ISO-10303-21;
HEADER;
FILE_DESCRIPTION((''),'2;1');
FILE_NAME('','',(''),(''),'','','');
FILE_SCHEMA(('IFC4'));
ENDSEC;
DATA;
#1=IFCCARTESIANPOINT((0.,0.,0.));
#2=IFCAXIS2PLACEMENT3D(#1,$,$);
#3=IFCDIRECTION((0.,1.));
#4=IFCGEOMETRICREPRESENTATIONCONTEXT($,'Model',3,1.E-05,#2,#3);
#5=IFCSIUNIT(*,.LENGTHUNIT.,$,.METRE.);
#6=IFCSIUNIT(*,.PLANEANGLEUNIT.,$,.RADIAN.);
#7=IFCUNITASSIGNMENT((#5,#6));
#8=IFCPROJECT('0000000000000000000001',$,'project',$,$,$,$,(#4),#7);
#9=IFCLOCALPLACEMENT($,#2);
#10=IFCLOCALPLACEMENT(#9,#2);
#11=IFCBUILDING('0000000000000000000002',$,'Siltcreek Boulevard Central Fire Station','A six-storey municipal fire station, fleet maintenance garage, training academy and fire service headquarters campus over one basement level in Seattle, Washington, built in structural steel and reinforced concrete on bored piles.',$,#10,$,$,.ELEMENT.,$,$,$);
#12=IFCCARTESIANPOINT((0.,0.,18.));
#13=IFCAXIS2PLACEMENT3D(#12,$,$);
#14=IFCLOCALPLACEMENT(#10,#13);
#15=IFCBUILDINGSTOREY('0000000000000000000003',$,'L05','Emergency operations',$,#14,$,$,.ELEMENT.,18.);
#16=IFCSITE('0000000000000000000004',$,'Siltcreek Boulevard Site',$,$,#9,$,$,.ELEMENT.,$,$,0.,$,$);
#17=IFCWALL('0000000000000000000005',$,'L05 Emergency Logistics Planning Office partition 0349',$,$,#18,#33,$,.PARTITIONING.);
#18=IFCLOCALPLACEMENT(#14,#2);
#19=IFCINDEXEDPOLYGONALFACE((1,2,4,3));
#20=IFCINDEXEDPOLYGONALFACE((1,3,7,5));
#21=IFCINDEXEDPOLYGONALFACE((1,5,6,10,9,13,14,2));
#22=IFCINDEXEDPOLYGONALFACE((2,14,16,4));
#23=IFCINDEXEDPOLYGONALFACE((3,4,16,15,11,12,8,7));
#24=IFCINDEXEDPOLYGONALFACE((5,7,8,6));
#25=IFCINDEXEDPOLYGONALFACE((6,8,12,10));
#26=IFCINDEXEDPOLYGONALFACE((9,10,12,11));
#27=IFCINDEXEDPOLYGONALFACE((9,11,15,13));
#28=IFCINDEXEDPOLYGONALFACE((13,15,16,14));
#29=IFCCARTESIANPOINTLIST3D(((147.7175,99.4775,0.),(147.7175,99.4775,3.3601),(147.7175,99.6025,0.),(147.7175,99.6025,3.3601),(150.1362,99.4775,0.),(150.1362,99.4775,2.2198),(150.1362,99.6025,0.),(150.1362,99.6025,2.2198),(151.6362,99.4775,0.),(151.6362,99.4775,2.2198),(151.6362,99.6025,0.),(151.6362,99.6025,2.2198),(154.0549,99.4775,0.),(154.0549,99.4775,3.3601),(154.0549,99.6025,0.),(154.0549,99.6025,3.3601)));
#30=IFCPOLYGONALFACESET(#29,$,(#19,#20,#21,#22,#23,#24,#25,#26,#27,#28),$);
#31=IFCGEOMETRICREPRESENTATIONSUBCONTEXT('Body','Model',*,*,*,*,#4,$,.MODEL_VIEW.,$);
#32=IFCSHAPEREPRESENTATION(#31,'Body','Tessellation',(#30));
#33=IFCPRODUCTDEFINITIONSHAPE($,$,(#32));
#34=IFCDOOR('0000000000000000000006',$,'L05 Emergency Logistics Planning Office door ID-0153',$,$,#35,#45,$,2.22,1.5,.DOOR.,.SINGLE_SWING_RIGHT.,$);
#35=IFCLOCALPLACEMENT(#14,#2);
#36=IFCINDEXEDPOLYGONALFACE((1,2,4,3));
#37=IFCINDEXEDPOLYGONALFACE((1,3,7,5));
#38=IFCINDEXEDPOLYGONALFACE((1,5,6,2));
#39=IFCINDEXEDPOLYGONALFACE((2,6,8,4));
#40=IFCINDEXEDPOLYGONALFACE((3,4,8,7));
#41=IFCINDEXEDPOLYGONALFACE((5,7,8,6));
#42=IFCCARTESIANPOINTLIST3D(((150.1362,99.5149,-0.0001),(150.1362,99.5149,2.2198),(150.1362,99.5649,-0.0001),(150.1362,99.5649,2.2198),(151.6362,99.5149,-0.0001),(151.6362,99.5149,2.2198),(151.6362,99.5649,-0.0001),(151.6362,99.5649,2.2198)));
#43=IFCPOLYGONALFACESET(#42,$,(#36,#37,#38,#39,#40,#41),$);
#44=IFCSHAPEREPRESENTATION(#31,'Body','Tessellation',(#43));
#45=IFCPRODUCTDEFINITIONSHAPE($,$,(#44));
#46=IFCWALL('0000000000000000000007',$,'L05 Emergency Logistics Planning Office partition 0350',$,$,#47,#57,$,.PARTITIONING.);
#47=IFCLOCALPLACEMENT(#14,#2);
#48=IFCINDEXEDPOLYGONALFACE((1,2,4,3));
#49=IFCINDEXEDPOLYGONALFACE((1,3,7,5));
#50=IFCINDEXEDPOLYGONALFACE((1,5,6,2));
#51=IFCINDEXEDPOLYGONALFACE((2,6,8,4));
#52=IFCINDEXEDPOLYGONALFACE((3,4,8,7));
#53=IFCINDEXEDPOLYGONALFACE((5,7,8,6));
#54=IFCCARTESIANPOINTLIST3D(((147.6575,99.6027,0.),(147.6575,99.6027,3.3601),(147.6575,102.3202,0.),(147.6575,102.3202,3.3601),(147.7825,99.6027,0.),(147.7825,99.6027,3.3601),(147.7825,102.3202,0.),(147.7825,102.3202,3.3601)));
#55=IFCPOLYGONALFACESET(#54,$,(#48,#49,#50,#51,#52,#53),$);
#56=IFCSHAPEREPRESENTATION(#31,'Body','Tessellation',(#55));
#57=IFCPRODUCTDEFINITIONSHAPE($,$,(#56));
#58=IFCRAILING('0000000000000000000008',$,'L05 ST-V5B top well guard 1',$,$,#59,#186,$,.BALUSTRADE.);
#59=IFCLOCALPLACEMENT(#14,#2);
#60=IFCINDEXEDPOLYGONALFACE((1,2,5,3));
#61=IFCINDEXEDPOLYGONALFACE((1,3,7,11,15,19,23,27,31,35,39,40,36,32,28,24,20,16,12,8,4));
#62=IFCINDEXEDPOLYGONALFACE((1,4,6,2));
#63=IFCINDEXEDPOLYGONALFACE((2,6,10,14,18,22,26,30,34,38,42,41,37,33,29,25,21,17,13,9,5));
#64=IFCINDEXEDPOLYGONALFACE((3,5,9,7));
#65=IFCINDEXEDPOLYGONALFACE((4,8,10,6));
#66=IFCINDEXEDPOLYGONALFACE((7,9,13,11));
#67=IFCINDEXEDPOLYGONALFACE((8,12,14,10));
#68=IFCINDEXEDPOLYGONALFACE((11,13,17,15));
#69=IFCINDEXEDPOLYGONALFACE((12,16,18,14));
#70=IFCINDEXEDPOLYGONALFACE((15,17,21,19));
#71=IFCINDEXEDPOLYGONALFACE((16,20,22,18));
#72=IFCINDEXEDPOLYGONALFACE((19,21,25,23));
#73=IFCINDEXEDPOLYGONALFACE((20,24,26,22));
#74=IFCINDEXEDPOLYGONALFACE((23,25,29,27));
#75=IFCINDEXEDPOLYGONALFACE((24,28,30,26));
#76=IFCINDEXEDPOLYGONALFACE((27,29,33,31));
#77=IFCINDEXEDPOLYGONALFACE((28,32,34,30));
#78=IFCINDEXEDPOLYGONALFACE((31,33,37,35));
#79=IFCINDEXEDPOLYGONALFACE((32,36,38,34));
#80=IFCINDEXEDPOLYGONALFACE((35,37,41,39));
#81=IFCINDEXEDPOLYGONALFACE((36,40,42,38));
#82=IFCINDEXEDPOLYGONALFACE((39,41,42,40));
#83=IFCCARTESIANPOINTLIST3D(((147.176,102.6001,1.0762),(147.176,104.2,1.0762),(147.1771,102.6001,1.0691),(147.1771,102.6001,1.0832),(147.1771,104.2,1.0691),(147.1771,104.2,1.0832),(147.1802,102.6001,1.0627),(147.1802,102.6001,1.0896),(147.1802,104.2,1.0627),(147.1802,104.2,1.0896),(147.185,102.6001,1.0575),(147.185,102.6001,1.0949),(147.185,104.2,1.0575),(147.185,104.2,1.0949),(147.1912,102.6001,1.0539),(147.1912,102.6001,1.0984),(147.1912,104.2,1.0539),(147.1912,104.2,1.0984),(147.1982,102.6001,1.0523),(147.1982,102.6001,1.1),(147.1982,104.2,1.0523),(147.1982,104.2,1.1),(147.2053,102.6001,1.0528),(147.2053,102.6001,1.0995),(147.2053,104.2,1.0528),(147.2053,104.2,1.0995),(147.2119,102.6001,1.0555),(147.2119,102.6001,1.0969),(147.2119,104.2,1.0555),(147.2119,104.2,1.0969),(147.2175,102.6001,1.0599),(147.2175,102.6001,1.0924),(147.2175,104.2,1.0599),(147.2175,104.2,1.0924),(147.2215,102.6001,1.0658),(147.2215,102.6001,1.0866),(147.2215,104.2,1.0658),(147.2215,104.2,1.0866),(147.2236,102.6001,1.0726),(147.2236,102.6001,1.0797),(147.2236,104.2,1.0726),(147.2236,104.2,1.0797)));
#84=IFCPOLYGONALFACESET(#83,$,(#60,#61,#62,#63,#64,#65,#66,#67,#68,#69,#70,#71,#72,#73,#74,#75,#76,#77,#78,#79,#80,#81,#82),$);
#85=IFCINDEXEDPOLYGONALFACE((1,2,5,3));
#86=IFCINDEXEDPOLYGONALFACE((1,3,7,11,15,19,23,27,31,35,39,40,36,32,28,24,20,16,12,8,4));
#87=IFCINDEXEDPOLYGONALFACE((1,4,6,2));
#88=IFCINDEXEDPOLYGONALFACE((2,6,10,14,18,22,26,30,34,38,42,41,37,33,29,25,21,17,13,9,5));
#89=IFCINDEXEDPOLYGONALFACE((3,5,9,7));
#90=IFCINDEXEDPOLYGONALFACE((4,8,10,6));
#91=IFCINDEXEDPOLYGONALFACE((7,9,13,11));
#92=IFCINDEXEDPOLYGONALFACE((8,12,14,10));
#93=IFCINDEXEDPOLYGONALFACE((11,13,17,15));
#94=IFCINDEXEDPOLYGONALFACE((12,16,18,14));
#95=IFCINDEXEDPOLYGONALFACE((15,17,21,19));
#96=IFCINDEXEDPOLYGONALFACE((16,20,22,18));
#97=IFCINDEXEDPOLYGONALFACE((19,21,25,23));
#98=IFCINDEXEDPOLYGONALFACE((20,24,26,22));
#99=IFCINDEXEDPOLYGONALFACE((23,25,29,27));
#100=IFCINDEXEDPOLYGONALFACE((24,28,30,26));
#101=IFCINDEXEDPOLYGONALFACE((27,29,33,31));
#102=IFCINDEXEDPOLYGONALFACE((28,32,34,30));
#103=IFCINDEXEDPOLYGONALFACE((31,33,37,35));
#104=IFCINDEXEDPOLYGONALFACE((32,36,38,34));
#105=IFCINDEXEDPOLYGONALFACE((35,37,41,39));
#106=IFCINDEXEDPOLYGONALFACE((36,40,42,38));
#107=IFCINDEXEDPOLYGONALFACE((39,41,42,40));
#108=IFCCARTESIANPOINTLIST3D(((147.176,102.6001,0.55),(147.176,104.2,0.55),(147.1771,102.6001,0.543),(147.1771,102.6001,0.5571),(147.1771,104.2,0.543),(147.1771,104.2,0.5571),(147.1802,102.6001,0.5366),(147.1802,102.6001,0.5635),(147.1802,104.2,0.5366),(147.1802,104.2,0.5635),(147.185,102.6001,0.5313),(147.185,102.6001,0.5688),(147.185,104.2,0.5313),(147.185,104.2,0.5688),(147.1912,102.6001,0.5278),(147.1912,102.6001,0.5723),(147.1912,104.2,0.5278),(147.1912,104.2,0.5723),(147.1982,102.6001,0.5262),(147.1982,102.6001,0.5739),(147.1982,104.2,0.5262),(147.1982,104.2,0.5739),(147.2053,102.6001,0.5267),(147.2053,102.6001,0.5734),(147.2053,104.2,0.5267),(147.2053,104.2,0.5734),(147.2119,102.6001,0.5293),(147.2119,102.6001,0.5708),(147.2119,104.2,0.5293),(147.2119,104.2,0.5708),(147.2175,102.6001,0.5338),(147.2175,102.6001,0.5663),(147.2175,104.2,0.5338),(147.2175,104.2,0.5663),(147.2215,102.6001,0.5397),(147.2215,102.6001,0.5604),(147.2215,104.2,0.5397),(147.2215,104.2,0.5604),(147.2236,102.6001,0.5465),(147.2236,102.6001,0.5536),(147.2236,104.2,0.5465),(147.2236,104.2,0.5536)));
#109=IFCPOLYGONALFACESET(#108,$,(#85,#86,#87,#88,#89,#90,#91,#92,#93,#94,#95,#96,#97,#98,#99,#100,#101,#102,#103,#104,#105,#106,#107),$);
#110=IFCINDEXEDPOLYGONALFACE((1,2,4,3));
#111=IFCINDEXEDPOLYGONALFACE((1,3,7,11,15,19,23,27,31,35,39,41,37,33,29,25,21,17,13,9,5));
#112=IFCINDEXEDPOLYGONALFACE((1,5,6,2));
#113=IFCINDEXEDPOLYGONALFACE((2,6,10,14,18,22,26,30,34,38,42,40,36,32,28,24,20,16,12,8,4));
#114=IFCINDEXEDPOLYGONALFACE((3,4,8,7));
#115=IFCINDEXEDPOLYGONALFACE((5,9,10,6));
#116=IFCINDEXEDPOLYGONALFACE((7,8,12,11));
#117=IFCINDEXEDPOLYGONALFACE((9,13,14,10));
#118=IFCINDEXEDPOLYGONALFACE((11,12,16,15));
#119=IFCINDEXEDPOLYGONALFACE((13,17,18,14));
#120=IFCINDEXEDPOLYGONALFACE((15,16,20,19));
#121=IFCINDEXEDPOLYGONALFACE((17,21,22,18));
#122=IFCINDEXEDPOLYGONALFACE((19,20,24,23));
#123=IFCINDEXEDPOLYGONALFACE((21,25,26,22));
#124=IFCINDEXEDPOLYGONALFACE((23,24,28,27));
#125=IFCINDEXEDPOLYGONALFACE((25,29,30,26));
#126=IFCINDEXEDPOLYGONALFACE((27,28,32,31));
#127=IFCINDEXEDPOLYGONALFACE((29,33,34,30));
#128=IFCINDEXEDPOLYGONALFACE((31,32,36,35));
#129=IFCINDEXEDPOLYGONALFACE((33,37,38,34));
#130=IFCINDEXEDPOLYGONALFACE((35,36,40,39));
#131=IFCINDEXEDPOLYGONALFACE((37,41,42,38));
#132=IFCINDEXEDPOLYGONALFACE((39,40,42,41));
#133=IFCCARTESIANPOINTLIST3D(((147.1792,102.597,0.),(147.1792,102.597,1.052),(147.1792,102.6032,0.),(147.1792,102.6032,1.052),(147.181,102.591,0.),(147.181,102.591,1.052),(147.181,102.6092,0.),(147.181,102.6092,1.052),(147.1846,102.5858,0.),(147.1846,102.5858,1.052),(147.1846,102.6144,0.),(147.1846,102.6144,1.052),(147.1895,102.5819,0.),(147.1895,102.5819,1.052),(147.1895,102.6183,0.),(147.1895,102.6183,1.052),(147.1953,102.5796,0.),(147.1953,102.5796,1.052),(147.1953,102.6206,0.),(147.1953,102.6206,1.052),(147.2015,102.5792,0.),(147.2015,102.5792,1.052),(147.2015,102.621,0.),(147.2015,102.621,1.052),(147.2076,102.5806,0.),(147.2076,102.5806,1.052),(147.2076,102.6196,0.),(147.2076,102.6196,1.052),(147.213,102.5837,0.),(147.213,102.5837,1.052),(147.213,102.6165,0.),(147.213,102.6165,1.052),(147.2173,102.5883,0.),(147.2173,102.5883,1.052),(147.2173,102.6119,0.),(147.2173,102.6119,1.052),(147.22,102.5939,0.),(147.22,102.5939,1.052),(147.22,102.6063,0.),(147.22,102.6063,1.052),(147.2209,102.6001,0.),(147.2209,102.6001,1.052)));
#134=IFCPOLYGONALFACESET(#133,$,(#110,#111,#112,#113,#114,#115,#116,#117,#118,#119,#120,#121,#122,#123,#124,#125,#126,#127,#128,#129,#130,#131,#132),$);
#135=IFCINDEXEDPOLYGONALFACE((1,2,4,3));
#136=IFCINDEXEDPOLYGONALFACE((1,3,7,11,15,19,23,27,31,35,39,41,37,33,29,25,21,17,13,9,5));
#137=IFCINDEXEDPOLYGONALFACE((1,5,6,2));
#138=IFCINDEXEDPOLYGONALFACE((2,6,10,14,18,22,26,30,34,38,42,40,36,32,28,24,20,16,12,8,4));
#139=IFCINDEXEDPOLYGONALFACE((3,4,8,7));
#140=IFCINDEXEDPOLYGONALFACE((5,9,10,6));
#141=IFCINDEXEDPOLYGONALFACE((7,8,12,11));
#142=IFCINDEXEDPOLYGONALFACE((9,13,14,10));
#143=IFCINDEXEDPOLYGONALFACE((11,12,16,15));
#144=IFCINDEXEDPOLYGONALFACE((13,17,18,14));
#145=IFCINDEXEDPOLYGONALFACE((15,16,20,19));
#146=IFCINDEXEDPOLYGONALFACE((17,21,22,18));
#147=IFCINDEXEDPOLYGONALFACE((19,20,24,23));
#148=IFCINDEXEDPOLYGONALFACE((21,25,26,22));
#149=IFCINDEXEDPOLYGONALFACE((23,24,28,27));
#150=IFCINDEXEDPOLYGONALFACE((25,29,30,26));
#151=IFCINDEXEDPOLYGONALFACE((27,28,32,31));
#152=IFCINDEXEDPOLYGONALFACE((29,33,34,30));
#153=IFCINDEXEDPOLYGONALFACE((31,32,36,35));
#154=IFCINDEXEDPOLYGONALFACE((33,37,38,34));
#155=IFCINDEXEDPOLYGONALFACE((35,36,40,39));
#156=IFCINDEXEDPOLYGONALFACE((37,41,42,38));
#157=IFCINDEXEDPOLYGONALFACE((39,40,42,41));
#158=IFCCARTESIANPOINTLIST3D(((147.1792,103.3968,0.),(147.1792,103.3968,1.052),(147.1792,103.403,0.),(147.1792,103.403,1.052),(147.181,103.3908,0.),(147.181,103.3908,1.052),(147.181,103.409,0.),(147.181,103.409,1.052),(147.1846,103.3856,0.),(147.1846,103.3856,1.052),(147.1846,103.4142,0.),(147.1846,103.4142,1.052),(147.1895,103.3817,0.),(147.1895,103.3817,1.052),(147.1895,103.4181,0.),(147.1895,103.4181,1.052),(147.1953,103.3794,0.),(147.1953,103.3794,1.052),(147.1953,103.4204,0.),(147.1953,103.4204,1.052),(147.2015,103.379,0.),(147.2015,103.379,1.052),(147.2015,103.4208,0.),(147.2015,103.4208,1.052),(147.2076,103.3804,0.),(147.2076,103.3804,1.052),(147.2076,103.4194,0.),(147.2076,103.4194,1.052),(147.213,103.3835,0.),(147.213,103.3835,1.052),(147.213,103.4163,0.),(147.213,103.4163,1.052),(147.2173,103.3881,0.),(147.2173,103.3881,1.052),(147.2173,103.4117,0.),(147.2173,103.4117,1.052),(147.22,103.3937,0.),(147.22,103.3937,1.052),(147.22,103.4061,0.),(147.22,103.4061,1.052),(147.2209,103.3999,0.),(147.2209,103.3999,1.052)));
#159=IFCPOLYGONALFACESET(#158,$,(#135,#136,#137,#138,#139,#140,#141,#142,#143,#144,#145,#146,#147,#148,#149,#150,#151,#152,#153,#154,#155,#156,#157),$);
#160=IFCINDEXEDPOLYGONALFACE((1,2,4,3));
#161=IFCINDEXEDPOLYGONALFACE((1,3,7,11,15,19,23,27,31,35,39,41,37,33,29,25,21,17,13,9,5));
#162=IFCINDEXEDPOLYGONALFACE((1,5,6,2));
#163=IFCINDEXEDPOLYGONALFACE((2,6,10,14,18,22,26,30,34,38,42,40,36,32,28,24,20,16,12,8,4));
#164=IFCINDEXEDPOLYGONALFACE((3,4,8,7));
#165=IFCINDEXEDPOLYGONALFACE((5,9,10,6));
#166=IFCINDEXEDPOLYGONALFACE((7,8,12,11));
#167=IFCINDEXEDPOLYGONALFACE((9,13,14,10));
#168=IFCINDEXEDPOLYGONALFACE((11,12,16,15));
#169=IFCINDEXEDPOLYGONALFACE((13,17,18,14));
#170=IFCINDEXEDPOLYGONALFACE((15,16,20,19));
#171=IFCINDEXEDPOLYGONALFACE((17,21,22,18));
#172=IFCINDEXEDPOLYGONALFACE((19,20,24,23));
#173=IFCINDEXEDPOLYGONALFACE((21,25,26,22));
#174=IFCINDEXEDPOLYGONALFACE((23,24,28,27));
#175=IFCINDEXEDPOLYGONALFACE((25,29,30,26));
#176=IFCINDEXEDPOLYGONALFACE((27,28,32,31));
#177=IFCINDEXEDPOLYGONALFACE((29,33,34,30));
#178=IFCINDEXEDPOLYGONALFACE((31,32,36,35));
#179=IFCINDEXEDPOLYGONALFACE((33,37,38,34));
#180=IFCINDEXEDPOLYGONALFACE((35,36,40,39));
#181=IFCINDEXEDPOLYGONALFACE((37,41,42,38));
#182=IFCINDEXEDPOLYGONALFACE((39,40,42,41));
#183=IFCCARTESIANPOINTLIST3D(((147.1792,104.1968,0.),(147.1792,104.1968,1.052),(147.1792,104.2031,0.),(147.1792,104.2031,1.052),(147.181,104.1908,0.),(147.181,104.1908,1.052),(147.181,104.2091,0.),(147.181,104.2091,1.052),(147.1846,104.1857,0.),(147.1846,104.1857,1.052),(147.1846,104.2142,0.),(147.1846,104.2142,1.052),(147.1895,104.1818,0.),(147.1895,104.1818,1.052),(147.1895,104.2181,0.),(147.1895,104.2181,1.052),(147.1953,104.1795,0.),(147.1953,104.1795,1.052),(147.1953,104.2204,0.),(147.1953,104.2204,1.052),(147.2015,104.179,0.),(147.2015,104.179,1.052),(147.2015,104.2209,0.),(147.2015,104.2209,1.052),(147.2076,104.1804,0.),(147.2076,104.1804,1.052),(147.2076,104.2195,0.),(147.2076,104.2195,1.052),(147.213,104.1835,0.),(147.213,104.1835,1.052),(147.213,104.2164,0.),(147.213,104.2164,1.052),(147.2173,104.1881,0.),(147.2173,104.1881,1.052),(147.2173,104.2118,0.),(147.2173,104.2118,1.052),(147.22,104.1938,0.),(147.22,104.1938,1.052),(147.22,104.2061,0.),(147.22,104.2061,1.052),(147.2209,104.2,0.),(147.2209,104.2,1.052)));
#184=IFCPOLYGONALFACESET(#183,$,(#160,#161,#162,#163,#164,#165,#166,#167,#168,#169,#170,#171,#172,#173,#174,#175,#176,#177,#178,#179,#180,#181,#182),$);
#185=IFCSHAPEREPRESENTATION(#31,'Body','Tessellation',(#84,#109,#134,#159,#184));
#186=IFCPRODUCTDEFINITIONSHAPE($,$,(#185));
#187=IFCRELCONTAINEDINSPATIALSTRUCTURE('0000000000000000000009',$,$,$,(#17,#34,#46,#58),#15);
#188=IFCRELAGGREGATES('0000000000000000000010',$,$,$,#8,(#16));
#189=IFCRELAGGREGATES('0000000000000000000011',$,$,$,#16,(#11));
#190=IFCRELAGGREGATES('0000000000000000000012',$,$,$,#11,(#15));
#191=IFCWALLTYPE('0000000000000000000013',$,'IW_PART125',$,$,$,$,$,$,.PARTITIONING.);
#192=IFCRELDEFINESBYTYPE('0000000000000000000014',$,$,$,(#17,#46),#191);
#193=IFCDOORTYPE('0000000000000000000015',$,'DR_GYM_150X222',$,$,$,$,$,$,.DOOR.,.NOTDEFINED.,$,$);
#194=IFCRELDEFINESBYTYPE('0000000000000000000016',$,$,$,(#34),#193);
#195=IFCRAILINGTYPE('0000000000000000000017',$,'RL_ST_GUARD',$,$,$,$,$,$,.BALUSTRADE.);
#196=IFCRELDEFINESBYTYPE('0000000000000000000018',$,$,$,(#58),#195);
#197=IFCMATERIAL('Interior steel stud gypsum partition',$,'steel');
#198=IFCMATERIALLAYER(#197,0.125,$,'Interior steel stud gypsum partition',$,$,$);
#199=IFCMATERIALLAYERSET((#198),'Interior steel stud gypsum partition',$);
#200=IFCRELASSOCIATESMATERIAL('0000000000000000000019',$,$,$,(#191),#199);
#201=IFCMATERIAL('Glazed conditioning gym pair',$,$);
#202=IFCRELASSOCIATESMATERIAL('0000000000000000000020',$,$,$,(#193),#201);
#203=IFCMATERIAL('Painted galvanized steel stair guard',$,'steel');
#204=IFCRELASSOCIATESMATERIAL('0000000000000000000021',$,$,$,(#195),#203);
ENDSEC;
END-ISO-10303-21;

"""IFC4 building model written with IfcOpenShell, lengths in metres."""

from ifc_helpers import new_model, si_unit, direction, frame, frame_2d, origin, origin_2d, place, context, subcontext, project, spatial, rectangle, circle, extrude, material, layer, layer_set, type_object, element, fill, save


model = new_model("IFC4")

# Units and contexts
model_context = context("Model", 3, precision=1e-05, world=origin(), true_north=direction((0.0, 1.0)))
body_context = subcontext(model_context, "Body", "Model", "MODEL_VIEW")
ifc_project = project(units=[si_unit("LENGTHUNIT", "METRE"), si_unit("PLANEANGLEUNIT", "RADIAN")], contexts=[model_context])

# Site, building, storey
site_placement = place(None, origin())
site = spatial("IfcSite", under=ifc_project, at=site_placement, Name="Siltcreek Boulevard Site", CompositionType="ELEMENT", RefElevation=0.0)
building_placement = place(site_placement, origin())
building = spatial("IfcBuilding", under=site, at=building_placement, Name="Siltcreek Boulevard Central Fire Station", Description="A six-storey municipal fire station, fleet maintenance garage, training academy and fire service headquarters campus over one basement level in Seattle, Washington, built in structural steel and reinforced concrete on bored piles.", CompositionType="ELEMENT")
storey_placement = place(building_placement, frame((0.0, 0.0, 18.0)))
storey = spatial("IfcBuildingStorey", under=building, at=storey_placement, Name="L05", Description="Emergency operations", CompositionType="ELEMENT", Elevation=18.0)

# Wall, opening, door
ifc_material_1 = material(Name="Interior steel stud gypsum partition", Category="steel")
ifc_layer_1 = layer(ifc_material_1, 0.125, Name="Interior steel stud gypsum partition")
ifc_layer_set_1 = layer_set([ifc_layer_1], Name="Interior steel stud gypsum partition")
wall_type_1 = type_object("IfcWallType", Name="IW_PART125", PredefinedType="PARTITIONING", material=ifc_layer_set_1)
wall_1_placement = place(storey_placement, frame((154.0549, 99.54, 0.0), z_axis=(0.0, 0.0, 1.0), x_axis=(-1.0, 0.0, 0.0)))
wall_1 = element("IfcWall", 1, at=wall_1_placement, inside=storey, type_object=wall_type_1, Name="L05 Emergency Logistics Planning Office partition 0349", PredefinedType="PARTITIONING", context=body_context, shape_type="SweptSolid", body=[
    extrude(rectangle(XDim=6.3374, YDim=0.125, at=frame_2d((3.1687, 0.0))), origin(), (0.0, 0.0, 1.0), 3.3601),
])
opening_1_placement = place(wall_1_placement, frame((2.4187, 0.0, 0.0)))
opening_1 = element("IfcOpeningElement", 2, at=opening_1_placement, cuts=wall_1, PredefinedType="OPENING", context=body_context, shape_type="SweptSolid", body=[
    extrude(rectangle(XDim=1.5, YDim=2.22, at=frame_2d((0.75, 1.1099))), frame((0.0, 0.0725, 0.0), z_axis=(0.0, -1.0, 0.0), x_axis=(1.0, 0.0, 0.0)), (0.0, 0.0, 1.0), 0.145),
])
ifc_material_2 = material(Name="Glazed conditioning gym pair")
door_type_1 = type_object("IfcDoorType", Name="DR_GYM_150X222", OperationType="NOTDEFINED", PredefinedType="DOOR", material=ifc_material_2)
door_1_placement = place(opening_1_placement, frame((1.5, 0.0, 0.0), z_axis=(0.0, 0.0, 1.0), x_axis=(-1.0, 0.0, 0.0)))
door_1 = element("IfcDoor", 3, at=door_1_placement, inside=storey, type_object=door_type_1, Name="L05 Emergency Logistics Planning Office door ID-0153", OperationType="SINGLE_SWING_RIGHT", OverallHeight=2.22, OverallWidth=1.5, PredefinedType="DOOR", context=body_context, shape_type="SweptSolid", body=[
    extrude(rectangle(XDim=1.5, YDim=2.22, at=frame_2d((0.75, 1.1099))), frame((0.0, 0.0249, 0.0), z_axis=(0.0, -1.0, 0.0), x_axis=(1.0, 0.0, 0.0)), (0.0, 0.0, 1.0), 0.05),
])
fill(opening_1, door_1)

# Wall
wall_2_placement = place(storey_placement, frame((147.72, 99.6025, 0.0), z_axis=(0.0, 0.0, 1.0), x_axis=(0.0, 1.0, 0.0)))
element("IfcWall", 4, at=wall_2_placement, inside=storey, type_object=wall_type_1, Name="L05 Emergency Logistics Planning Office partition 0350", PredefinedType="PARTITIONING", context=body_context, shape_type="SweptSolid", body=[
    extrude(rectangle(XDim=2.7175, YDim=0.125, at=frame_2d((1.3589, 0.0))), origin(), (0.0, 0.0, 1.0), 3.3601),
])

# Railing
ifc_material_3 = material(Name="Painted galvanized steel stair guard", Category="steel")
railing_type = type_object("IfcRailingType", Name="RL_ST_GUARD", PredefinedType="BALUSTRADE", material=ifc_material_3)
railing_placement = place(storey_placement, frame((147.2, 102.6001, 0.0)))
element("IfcRailing", 5, at=railing_placement, inside=storey, type_object=railing_type, Name="L05 ST-V5B top well guard 1", PredefinedType="BALUSTRADE", context=body_context, shape_type="SweptSolid", body=[
    extrude(circle(Radius=0.0239, at=origin_2d()), frame((0.0, 0.0, 1.0762), z_axis=(0.0, 1.0, 0.0), x_axis=(-1.0, 0.0, 0.0)), (0.0, 0.0, 1.0), 1.5999),
    extrude(circle(Radius=0.0239, at=origin_2d()), frame((0.0, 0.0, 0.55), z_axis=(0.0, 1.0, 0.0), x_axis=(-1.0, 0.0, 0.0)), (0.0, 0.0, 1.0), 1.5999),
    extrude(circle(Radius=0.021, at=origin_2d()), origin(), (0.0, 0.0, 1.0), 1.052),
    extrude(circle(Radius=0.021, at=origin_2d()), frame((0.0, 0.7998, 0.0)), (0.0, 0.0, 1.0), 1.052),
    extrude(circle(Radius=0.021, at=origin_2d()), frame((0.0, 1.5999, 0.0)), (0.0, 0.0, 1.0), 1.052),
])

save(model, "model.ifc")
